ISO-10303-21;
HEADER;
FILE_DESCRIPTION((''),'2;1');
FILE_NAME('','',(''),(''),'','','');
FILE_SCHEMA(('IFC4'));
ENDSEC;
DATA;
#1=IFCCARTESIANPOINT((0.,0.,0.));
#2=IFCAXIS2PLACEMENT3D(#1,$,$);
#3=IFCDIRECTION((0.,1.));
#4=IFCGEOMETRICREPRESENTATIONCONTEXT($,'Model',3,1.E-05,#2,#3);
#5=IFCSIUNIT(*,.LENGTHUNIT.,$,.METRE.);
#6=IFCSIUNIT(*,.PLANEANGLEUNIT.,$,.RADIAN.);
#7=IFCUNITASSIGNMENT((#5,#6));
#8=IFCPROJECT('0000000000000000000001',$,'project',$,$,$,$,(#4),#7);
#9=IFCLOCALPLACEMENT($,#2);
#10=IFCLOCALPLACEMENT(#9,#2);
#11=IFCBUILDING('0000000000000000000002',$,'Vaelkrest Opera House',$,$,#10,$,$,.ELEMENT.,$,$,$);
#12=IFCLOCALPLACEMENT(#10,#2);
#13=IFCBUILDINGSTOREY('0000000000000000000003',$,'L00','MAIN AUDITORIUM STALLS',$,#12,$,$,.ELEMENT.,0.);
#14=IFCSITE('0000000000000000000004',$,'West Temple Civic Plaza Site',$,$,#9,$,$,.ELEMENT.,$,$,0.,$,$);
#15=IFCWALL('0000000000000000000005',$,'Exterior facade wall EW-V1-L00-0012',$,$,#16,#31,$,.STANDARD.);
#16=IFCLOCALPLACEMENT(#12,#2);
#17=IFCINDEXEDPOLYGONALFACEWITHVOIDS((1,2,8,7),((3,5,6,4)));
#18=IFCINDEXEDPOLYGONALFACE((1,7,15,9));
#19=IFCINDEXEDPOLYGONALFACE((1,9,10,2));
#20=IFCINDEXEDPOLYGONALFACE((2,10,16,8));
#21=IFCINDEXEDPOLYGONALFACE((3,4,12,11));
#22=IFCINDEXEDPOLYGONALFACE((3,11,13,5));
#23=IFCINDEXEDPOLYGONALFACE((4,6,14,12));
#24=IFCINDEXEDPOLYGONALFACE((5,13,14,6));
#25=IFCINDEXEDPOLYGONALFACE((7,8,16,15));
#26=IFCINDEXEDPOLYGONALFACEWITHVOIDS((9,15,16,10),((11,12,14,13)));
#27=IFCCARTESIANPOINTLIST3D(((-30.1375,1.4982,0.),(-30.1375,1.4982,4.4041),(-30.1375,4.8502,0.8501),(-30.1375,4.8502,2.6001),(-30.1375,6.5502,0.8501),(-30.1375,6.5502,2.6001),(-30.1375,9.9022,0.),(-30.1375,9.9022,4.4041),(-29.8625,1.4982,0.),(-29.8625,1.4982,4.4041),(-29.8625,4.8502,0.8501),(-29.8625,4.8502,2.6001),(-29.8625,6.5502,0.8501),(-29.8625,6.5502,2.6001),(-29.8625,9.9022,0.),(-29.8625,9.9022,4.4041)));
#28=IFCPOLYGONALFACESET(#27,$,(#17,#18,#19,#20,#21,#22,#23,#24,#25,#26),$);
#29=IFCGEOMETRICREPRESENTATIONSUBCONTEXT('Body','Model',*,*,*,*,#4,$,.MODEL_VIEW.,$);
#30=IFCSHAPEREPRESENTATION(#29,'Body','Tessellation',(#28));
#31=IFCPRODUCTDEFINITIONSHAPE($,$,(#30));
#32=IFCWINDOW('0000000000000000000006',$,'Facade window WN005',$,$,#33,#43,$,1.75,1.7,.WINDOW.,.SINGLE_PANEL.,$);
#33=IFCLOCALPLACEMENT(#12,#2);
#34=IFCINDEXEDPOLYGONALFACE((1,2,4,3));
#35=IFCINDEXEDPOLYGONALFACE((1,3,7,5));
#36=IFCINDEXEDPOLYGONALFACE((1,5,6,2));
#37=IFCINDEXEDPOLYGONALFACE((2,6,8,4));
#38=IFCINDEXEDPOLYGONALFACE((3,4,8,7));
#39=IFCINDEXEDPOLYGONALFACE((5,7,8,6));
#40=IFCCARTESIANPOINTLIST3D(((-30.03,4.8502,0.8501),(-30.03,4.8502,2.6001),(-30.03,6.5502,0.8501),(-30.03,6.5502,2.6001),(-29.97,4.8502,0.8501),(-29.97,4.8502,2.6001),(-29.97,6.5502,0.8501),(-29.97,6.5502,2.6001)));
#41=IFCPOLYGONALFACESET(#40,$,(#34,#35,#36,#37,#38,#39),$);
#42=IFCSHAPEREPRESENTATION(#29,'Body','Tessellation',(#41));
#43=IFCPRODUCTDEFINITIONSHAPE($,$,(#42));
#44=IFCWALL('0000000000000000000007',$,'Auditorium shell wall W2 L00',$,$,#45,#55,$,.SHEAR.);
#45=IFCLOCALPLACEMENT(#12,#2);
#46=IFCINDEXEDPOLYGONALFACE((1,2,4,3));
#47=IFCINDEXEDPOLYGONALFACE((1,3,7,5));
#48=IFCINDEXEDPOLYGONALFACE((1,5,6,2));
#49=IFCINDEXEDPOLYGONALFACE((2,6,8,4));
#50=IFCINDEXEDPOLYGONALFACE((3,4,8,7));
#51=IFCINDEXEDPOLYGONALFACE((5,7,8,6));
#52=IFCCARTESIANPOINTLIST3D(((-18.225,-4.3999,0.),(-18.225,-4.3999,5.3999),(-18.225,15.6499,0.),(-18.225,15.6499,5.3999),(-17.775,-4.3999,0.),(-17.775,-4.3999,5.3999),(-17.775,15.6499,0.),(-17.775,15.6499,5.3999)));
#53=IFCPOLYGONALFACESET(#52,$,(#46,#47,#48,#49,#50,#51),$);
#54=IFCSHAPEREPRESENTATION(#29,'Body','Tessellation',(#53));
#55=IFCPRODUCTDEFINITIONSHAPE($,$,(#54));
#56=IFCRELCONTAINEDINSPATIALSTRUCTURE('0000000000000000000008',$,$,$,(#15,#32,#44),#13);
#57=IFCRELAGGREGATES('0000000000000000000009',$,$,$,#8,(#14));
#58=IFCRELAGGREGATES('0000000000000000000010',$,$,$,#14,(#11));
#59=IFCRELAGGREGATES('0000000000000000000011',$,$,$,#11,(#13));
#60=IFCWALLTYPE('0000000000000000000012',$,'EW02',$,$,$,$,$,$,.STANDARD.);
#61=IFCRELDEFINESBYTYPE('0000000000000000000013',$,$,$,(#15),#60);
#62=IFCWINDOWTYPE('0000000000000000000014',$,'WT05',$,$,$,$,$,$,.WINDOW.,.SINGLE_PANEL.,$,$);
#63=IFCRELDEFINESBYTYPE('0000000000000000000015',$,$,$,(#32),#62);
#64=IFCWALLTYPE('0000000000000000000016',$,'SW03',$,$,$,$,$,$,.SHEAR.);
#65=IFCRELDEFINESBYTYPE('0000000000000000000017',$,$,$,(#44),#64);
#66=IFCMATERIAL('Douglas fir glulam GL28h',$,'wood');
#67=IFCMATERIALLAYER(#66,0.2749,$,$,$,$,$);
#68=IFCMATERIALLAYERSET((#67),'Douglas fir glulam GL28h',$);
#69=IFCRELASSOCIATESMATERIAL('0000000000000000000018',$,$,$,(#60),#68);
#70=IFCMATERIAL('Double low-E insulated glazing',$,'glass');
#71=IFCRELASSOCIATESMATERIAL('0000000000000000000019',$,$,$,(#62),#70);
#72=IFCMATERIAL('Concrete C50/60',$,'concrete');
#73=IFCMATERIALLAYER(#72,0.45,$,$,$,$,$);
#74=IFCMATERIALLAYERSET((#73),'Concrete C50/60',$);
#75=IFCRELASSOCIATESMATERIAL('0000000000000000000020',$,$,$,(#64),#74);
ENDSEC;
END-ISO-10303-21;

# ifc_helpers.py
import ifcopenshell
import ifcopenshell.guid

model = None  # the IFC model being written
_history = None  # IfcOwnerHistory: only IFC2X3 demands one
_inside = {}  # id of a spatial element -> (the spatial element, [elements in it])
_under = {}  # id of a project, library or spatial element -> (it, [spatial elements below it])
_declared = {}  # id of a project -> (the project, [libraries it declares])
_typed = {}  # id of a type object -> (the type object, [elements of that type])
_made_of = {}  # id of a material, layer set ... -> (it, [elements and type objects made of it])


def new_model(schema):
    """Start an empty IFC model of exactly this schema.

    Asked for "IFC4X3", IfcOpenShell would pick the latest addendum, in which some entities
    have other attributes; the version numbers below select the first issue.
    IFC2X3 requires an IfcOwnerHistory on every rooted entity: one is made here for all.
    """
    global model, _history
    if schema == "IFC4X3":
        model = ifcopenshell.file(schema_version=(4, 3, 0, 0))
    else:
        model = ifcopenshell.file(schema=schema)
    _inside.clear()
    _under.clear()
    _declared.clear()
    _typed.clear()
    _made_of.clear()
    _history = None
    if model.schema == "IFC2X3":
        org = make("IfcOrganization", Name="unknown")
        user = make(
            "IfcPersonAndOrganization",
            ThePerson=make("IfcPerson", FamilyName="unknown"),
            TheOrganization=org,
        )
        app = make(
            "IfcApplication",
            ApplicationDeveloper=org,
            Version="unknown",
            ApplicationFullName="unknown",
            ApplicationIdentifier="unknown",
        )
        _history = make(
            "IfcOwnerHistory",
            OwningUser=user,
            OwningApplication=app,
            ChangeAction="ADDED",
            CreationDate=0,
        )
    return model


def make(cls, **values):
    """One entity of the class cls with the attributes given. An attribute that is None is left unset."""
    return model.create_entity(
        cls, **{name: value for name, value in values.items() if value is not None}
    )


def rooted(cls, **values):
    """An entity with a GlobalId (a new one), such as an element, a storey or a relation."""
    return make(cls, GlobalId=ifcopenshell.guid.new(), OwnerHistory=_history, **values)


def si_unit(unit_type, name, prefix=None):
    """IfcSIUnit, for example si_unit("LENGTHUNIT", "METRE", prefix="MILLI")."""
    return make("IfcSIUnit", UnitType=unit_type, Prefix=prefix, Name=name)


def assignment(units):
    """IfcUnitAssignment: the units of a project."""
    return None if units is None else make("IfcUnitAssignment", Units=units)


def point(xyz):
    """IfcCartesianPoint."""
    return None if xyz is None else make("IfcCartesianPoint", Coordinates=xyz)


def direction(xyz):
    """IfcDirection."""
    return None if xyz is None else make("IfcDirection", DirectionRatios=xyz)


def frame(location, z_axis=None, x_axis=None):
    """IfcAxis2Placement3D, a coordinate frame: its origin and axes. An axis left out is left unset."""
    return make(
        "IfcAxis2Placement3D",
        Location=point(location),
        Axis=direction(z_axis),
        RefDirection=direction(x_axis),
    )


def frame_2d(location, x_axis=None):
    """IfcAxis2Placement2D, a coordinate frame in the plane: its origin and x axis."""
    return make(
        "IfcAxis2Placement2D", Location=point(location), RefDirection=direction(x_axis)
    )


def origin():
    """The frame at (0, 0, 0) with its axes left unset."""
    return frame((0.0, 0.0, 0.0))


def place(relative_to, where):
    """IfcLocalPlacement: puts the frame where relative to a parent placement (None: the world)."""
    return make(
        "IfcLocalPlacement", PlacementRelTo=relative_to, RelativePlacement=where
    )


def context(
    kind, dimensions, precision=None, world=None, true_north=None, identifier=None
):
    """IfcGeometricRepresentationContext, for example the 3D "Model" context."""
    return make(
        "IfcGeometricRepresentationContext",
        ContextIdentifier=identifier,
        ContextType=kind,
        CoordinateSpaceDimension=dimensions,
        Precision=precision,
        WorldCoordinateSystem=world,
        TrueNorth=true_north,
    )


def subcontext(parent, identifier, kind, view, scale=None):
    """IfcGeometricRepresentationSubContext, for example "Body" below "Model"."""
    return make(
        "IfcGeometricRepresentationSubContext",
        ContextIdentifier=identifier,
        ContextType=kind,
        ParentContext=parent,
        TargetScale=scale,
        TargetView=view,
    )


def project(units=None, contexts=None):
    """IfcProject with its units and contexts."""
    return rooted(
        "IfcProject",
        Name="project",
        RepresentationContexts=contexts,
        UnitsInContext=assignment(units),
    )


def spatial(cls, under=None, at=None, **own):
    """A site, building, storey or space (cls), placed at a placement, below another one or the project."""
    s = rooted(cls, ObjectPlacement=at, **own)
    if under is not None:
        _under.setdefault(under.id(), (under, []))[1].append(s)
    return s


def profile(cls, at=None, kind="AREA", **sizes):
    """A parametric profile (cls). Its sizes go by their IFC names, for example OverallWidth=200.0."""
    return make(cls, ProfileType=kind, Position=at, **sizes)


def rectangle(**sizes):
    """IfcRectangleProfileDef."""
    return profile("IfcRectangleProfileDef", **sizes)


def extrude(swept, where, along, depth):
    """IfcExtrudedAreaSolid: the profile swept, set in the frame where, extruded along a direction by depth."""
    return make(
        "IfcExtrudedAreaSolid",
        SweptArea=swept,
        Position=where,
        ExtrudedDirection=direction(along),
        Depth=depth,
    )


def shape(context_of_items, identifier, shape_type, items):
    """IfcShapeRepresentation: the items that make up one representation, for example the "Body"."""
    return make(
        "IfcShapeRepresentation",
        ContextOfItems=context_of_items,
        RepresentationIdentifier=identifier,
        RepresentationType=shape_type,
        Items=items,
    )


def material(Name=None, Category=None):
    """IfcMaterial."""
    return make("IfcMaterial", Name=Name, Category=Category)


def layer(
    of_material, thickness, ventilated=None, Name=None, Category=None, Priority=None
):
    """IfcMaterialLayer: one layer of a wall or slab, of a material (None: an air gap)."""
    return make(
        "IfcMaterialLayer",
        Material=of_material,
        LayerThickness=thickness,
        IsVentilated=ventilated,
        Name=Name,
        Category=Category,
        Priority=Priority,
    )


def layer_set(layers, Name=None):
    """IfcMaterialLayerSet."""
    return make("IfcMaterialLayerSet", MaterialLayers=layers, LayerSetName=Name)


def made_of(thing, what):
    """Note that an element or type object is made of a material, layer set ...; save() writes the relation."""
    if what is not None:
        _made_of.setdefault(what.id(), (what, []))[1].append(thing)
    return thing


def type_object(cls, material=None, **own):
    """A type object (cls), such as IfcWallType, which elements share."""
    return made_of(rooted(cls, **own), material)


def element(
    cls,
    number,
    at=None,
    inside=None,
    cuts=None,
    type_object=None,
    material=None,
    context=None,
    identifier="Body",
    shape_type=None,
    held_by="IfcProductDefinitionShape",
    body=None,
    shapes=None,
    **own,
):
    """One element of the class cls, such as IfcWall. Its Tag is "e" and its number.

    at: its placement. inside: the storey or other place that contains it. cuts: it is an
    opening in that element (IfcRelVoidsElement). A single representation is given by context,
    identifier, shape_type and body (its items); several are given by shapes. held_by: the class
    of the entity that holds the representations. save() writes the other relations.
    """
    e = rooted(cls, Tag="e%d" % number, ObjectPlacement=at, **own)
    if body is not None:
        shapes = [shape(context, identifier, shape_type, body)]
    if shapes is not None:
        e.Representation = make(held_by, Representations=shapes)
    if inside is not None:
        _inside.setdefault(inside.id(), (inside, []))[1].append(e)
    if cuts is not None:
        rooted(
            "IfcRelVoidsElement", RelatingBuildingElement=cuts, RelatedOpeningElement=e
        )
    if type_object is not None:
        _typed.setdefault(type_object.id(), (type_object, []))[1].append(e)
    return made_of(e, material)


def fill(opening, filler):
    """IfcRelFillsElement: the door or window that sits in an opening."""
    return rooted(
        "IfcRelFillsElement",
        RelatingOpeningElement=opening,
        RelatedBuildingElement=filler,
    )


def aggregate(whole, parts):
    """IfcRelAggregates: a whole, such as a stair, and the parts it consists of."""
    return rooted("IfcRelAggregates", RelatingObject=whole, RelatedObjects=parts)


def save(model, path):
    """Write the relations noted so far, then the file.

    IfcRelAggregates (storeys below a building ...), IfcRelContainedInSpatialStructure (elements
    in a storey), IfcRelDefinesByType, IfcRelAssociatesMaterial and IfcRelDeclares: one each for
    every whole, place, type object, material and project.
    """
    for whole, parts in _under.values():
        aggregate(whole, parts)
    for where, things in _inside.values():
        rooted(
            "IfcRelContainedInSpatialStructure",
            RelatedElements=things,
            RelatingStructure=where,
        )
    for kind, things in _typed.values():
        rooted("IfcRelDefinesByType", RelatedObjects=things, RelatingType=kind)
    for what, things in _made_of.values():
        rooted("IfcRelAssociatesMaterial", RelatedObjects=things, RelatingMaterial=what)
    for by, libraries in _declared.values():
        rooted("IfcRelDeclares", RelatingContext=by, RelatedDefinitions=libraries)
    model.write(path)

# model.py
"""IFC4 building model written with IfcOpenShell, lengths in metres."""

from ifc_helpers import new_model, si_unit, direction, frame, frame_2d, origin, place, context, subcontext, project, spatial, rectangle, extrude, material, layer, layer_set, type_object, element, fill, save


model = new_model("IFC4")

# Units and contexts
model_context = context("Model", 3, precision=1e-05, world=origin(), true_north=direction((0.0, 1.0)))
body_context = subcontext(model_context, "Body", "Model", "MODEL_VIEW")
ifc_project = project(units=[si_unit("LENGTHUNIT", "METRE"), si_unit("PLANEANGLEUNIT", "RADIAN")], contexts=[model_context])

# Site, building, storey
site_placement = place(None, origin())
site = spatial("IfcSite", under=ifc_project, at=site_placement, Name="West Temple Civic Plaza Site", CompositionType="ELEMENT", RefElevation=0.0)
building_placement = place(site_placement, origin())
building = spatial("IfcBuilding", under=site, at=building_placement, Name="Vaelkrest Opera House", CompositionType="ELEMENT")
storey_placement = place(building_placement, origin())
storey = spatial("IfcBuildingStorey", under=building, at=storey_placement, Name="L00", Description="MAIN AUDITORIUM STALLS", CompositionType="ELEMENT", Elevation=0.0)

# Shared definitions
ifc_material_1 = material(Name="Concrete C50/60", Category="concrete")

# Wall, opening, window
ifc_material_2 = material(Name="Douglas fir glulam GL28h", Category="wood")
ifc_layer_1 = layer(ifc_material_2, 0.2749)
ifc_layer_set_1 = layer_set([ifc_layer_1], Name="Douglas fir glulam GL28h")
wall_type_1 = type_object("IfcWallType", Name="EW02", PredefinedType="STANDARD", material=ifc_layer_set_1)
wall_1_placement = place(storey_placement, frame((-30.0, 1.498, 0.0), z_axis=(0.0, 0.0, 1.0), x_axis=(0.0, 1.0, 0.0)))
wall_1 = element("IfcWall", 1, at=wall_1_placement, inside=storey, type_object=wall_type_1, Name="Exterior facade wall EW-V1-L00-0012", PredefinedType="STANDARD", context=body_context, shape_type="SweptSolid", body=[
    extrude(rectangle(XDim=8.4041, YDim=0.2749, at=frame_2d((4.2021, 0.0))), origin(), (0.0, 0.0, 1.0), 4.4041),
])
opening_placement = place(wall_1_placement, frame((3.3521, 0.0, 0.8501)))
opening = element("IfcOpeningElement", 2, at=opening_placement, cuts=wall_1, PredefinedType="OPENING", context=body_context, shape_type="SweptSolid", body=[
    extrude(rectangle(XDim=1.7, YDim=1.75, at=frame_2d((0.8501, 0.875))), frame((0.0, 0.1475, 0.0), z_axis=(0.0, -1.0, 0.0), x_axis=(1.0, 0.0, 0.0)), (0.0, 0.0, 1.0), 0.2949),
])
ifc_material_3 = material(Name="Double low-E insulated glazing", Category="glass")
window_type = type_object("IfcWindowType", Name="WT05", PartitioningType="SINGLE_PANEL", PredefinedType="WINDOW", material=ifc_material_3)
window_placement = place(opening_placement, origin())
window = element("IfcWindow", 3, at=window_placement, inside=storey, type_object=window_type, Name="Facade window WN005", OverallHeight=1.75, OverallWidth=1.7, PartitioningType="SINGLE_PANEL", PredefinedType="WINDOW", context=body_context, shape_type="SweptSolid", body=[
    extrude(rectangle(XDim=1.7, YDim=1.75, at=frame_2d((0.8501, 0.875))), frame((0.0, 0.03, 0.0), z_axis=(0.0, -1.0, 0.0), x_axis=(1.0, 0.0, 0.0)), (0.0, 0.0, 1.0), 0.0601),
])
fill(opening, window)

# Wall
ifc_layer_2 = layer(ifc_material_1, 0.45)
ifc_layer_set_2 = layer_set([ifc_layer_2], Name="Concrete C50/60")
wall_type_2 = type_object("IfcWallType", Name="SW03", PredefinedType="SHEAR", material=ifc_layer_set_2)
wall_2_placement = place(storey_placement, frame((-18.0, -4.3999, 0.0), z_axis=(0.0, 0.0, 1.0), x_axis=(0.0, 1.0, 0.0)))
element("IfcWall", 4, at=wall_2_placement, inside=storey, type_object=wall_type_2, Name="Auditorium shell wall W2 L00", PredefinedType="SHEAR", context=body_context, shape_type="SweptSolid", body=[
    extrude(rectangle(XDim=20.0498, YDim=0.45, at=frame_2d((10.0249, 0.0))), origin(), (0.0, 0.0, 1.0), 5.3999),
])

save(model, "model.ifc")
